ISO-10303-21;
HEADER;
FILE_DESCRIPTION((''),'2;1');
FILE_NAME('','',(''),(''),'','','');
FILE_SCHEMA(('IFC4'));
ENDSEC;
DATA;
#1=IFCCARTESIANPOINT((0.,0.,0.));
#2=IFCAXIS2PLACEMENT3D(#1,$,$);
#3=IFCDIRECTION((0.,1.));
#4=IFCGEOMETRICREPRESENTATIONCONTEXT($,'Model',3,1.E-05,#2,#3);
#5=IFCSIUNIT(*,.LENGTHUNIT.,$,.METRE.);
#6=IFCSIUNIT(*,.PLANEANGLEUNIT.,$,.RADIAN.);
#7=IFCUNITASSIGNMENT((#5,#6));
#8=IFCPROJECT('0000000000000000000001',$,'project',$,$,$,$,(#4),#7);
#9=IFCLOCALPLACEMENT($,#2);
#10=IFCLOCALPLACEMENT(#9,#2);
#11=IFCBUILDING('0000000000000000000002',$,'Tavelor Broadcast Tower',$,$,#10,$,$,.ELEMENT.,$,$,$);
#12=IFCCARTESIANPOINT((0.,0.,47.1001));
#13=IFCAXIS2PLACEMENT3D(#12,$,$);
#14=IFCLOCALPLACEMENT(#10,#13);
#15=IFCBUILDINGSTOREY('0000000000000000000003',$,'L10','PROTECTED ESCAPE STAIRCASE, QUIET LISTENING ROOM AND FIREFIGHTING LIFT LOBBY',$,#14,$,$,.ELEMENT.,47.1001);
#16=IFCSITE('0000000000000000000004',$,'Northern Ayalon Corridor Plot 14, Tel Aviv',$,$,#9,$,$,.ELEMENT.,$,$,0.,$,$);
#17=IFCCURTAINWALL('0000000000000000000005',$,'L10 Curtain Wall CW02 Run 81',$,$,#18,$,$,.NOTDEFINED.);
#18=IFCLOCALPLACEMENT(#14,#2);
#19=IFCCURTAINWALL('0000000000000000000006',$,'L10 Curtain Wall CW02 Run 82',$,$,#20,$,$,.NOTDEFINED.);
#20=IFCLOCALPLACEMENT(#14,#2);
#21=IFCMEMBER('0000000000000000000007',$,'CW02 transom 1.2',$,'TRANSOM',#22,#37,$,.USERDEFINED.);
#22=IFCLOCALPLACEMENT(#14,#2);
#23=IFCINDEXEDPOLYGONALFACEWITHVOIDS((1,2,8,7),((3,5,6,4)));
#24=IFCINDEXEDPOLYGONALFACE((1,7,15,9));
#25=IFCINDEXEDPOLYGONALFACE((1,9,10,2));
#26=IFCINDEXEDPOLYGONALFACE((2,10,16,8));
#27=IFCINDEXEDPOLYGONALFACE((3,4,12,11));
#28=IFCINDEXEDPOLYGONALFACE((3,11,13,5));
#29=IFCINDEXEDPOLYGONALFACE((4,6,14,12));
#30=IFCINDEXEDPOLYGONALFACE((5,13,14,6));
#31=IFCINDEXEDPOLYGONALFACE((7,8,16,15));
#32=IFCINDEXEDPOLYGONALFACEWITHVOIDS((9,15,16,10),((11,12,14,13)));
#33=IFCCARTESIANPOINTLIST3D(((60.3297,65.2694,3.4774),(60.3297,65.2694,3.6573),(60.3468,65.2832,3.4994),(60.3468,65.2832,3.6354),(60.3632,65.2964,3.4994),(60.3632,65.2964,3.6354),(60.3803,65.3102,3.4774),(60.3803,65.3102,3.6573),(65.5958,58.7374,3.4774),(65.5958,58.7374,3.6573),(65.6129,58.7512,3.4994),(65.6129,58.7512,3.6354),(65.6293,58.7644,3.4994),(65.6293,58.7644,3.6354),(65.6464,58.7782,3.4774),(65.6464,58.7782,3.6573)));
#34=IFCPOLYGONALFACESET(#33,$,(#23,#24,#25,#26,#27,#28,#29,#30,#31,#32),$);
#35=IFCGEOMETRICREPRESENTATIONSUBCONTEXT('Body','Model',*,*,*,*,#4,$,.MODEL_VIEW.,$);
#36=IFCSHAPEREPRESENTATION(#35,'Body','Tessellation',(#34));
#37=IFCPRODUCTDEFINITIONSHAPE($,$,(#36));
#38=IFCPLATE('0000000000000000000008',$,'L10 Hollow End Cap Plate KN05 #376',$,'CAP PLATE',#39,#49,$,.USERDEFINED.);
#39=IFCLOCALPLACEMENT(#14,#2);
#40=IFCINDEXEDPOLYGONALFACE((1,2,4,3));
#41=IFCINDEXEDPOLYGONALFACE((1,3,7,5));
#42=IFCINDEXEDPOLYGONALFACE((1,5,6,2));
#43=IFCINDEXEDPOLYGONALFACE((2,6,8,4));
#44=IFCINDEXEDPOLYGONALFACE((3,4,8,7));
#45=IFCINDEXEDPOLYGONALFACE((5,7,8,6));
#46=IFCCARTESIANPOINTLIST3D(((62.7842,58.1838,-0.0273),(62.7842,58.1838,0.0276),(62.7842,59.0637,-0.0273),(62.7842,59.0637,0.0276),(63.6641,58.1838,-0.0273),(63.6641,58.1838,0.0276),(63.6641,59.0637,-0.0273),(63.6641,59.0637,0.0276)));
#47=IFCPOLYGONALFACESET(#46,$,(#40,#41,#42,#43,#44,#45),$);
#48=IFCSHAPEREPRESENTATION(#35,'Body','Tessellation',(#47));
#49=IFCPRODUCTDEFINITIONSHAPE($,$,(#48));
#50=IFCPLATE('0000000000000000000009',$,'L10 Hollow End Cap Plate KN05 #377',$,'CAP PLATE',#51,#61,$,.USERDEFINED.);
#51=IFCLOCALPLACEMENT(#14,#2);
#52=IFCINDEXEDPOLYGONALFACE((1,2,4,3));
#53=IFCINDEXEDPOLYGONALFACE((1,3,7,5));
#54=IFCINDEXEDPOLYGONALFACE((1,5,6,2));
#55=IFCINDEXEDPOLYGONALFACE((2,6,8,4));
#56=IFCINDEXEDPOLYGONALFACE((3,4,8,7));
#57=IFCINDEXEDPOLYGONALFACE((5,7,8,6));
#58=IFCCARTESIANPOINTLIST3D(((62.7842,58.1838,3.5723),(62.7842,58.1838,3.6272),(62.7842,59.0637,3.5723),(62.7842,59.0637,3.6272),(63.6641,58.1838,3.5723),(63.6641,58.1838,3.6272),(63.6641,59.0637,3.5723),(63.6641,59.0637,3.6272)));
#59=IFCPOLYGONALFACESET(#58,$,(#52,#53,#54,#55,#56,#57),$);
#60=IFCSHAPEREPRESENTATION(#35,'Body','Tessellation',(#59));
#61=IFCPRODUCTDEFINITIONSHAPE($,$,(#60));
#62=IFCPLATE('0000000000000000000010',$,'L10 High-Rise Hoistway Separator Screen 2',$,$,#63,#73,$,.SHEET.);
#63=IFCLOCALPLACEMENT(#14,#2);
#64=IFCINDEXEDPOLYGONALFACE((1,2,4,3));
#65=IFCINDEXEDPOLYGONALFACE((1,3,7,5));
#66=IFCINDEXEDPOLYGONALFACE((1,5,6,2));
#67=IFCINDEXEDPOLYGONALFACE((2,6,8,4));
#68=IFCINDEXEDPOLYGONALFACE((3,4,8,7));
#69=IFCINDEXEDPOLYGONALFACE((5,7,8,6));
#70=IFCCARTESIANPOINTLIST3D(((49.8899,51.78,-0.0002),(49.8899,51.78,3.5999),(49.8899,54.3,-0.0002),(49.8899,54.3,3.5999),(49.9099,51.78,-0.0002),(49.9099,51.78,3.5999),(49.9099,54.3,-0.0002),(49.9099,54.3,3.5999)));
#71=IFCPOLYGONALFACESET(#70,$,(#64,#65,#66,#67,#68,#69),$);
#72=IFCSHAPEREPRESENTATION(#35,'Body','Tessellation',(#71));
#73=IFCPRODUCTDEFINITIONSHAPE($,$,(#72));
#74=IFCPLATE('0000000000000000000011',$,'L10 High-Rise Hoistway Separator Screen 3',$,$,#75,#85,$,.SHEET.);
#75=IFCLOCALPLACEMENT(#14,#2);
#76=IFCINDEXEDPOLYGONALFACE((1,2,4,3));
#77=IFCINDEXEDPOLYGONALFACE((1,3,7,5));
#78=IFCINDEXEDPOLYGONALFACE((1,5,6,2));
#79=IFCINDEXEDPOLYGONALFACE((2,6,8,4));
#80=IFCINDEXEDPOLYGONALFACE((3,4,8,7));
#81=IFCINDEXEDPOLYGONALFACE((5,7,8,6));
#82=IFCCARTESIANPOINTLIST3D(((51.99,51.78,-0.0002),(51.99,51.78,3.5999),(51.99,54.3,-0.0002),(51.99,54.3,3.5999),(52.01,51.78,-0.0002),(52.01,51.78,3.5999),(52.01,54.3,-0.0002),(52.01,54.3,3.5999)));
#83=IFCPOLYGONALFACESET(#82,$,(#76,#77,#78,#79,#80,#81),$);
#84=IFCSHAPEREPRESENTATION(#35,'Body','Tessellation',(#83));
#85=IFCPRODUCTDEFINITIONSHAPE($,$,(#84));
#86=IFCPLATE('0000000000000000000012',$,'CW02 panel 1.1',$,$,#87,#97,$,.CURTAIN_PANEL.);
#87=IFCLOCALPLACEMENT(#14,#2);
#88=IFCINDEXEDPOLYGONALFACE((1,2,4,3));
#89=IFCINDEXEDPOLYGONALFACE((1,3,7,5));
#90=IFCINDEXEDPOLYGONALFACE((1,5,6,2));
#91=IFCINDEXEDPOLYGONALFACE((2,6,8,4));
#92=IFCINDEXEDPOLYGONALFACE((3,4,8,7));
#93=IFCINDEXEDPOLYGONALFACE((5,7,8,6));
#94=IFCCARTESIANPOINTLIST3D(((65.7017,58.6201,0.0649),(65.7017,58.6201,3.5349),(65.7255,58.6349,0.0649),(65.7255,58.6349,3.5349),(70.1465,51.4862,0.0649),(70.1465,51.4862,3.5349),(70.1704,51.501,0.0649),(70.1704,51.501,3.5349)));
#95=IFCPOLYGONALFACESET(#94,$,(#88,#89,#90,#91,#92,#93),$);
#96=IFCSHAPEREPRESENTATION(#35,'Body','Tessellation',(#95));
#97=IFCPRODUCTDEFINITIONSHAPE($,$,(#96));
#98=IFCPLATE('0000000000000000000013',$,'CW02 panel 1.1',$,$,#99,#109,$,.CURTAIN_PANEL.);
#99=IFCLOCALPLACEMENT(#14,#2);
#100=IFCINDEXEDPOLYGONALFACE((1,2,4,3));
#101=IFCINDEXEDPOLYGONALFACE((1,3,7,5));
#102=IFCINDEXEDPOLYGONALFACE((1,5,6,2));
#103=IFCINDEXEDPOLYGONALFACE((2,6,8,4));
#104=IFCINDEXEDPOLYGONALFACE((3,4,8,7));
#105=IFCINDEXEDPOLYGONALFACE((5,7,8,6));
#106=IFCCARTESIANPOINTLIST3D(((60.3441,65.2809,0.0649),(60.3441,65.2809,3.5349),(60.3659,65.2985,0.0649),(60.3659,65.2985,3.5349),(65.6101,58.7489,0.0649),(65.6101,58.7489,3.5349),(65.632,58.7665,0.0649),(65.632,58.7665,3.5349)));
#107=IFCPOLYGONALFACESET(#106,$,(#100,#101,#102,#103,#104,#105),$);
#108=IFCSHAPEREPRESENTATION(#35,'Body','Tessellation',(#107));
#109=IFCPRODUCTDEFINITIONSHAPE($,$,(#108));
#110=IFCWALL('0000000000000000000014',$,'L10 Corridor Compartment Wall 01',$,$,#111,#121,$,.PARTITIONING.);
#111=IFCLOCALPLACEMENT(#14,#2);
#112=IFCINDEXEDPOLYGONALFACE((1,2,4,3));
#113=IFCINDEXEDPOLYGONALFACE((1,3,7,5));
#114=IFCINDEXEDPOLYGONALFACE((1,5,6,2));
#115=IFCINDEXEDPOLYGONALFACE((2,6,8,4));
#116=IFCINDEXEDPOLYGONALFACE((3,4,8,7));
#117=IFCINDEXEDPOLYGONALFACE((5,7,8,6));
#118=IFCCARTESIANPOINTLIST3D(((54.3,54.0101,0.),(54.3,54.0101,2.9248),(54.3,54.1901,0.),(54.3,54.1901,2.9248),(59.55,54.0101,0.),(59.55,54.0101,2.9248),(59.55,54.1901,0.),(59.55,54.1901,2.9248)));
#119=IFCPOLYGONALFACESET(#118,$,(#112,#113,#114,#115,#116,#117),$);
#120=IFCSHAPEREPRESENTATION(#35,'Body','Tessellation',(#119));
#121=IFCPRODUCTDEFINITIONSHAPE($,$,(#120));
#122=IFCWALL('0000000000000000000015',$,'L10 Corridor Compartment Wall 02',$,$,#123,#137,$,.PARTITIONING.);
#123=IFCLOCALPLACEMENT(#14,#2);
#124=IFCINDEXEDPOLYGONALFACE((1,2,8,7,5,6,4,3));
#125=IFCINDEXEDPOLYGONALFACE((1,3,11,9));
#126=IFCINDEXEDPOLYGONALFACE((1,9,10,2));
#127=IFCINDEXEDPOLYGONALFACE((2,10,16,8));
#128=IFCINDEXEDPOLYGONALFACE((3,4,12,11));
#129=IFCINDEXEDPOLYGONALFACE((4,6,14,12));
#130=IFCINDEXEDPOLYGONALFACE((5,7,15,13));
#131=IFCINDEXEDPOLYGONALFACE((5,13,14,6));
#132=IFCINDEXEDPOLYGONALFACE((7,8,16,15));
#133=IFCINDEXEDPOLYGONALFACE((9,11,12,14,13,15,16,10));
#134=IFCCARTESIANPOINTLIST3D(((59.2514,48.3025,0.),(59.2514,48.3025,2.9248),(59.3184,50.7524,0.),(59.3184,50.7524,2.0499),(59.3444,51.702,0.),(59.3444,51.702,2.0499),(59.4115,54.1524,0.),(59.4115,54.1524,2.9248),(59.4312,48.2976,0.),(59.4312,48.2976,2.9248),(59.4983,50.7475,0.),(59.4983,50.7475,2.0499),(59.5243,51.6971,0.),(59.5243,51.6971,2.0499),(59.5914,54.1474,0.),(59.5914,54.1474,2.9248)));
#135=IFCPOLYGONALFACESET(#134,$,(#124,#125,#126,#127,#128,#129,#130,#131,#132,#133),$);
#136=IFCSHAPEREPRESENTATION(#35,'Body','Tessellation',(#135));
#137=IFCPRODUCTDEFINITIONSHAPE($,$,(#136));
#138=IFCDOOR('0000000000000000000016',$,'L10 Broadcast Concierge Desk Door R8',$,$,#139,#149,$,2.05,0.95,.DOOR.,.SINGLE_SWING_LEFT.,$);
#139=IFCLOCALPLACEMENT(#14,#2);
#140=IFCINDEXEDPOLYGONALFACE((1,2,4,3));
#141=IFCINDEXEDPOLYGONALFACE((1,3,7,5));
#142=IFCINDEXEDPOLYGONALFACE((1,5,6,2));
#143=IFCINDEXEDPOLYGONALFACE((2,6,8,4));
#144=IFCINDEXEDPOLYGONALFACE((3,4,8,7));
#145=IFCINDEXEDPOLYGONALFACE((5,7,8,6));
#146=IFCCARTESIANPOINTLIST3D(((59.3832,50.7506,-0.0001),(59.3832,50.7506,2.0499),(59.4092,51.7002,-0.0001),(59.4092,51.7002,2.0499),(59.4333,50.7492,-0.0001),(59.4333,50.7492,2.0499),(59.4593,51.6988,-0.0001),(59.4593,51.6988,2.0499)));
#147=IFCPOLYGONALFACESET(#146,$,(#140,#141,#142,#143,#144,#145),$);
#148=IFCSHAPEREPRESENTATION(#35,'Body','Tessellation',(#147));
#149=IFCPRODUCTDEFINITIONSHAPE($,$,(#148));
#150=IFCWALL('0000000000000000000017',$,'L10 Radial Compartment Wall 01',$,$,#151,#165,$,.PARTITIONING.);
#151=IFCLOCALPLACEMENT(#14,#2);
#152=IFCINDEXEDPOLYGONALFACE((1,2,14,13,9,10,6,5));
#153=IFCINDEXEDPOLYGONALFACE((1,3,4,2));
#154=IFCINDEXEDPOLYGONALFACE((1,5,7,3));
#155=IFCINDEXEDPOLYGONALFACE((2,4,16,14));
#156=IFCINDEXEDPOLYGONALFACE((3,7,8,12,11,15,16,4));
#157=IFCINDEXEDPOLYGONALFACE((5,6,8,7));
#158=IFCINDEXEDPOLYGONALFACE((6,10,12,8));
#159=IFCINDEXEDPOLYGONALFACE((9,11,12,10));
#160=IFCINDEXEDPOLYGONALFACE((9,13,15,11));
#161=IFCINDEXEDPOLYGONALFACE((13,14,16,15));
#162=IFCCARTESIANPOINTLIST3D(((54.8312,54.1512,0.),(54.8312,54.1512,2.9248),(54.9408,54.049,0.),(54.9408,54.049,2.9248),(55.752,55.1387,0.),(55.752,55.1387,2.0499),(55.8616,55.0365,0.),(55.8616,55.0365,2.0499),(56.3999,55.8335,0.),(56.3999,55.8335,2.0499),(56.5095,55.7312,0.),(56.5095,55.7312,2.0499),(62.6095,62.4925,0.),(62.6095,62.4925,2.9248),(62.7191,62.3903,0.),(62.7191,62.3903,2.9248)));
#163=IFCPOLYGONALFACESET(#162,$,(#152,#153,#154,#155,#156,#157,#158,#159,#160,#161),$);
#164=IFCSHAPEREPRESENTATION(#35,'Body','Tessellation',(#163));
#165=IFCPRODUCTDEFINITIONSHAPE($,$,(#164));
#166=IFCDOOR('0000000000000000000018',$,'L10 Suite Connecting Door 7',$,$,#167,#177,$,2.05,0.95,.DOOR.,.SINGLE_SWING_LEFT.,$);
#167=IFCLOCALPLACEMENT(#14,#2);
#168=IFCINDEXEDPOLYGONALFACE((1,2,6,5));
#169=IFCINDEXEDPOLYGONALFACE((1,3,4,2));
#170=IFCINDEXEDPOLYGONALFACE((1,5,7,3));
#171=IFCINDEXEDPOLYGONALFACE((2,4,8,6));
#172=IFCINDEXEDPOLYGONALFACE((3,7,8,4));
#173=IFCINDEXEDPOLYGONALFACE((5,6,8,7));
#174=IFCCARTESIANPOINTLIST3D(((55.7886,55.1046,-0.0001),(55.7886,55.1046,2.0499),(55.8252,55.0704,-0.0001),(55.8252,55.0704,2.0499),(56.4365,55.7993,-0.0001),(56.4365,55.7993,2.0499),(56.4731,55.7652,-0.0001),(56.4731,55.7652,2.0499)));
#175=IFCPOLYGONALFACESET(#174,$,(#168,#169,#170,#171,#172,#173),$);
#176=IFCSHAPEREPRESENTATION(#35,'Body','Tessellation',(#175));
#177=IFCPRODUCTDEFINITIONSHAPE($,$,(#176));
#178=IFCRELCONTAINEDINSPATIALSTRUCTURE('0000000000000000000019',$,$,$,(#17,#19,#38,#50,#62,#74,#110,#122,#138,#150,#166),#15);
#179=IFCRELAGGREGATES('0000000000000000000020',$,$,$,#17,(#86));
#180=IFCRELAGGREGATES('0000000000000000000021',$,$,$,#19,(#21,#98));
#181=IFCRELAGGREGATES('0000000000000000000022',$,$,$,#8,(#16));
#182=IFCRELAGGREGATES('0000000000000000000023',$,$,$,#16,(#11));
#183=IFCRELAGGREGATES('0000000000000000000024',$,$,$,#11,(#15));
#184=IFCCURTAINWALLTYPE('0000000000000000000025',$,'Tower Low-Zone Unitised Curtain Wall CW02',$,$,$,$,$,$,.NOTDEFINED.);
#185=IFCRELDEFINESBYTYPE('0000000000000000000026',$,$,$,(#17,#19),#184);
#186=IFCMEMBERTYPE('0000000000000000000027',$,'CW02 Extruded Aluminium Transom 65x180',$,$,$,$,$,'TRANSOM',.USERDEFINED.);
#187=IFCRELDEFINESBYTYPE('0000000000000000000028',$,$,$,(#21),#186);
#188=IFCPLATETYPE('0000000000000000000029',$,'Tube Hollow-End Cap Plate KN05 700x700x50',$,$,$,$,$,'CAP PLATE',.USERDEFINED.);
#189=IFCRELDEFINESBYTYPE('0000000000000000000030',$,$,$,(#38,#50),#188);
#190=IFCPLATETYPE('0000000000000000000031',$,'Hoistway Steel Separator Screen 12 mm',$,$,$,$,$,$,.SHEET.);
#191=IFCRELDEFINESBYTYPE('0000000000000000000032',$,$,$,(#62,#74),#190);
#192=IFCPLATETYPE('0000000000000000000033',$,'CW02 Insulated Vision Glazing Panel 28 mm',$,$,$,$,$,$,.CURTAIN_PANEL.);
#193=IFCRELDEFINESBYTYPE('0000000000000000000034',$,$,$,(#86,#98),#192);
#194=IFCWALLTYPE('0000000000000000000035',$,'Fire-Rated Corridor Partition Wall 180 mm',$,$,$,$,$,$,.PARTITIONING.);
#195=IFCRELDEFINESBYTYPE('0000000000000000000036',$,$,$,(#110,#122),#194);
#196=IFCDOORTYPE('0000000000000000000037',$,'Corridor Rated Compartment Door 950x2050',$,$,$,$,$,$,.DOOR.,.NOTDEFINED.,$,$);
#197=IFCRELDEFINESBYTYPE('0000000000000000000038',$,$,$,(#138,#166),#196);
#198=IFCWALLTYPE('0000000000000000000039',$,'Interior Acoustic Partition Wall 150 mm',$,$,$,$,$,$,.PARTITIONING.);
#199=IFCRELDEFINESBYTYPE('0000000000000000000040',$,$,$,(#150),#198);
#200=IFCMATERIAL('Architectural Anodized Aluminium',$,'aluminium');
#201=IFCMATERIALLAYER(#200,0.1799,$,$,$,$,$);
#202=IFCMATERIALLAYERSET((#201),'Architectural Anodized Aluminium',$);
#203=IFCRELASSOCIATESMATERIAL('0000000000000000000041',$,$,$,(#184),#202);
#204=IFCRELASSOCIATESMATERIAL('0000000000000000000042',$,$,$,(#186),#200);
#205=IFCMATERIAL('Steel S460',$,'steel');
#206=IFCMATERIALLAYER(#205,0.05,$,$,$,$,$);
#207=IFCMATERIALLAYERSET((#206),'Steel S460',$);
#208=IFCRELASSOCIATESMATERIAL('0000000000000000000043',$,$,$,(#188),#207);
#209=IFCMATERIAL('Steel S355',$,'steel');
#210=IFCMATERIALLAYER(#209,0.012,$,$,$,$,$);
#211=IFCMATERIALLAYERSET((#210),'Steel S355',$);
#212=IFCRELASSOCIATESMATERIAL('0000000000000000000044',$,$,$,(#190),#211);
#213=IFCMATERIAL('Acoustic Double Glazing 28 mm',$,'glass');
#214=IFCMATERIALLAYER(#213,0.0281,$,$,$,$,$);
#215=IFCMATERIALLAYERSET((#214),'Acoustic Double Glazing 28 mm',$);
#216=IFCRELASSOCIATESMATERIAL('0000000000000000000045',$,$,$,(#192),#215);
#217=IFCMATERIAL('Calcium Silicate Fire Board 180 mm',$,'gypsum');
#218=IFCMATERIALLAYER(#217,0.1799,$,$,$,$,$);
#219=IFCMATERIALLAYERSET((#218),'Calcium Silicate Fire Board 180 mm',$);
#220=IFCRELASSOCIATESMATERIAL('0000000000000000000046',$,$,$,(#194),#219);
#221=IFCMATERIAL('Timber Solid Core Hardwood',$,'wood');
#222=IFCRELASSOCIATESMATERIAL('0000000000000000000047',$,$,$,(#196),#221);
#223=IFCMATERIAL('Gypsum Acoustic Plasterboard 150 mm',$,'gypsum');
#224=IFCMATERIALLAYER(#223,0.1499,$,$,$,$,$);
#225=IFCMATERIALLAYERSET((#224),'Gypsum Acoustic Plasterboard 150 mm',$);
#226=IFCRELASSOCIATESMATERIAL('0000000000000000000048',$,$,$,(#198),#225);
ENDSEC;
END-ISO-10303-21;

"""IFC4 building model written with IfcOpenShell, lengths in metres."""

from ifc_helpers import new_model, si_unit, direction, frame, frame_2d, origin, origin_2d, place, context, subcontext, project, spatial, rectangle, hollow_rectangle, extrude, source, transform, mapped, material, layer, layer_set, material_profile, profile_set, type_object, type_shapes, element, fill, aggregate, save


model = new_model("IFC4")

# Units and contexts
model_context = context("Model", 3, precision=1e-05, world=origin(), true_north=direction((0.0, 1.0)))
body_context = subcontext(model_context, "Body", "Model", "MODEL_VIEW")
ifc_project = project(units=[si_unit("LENGTHUNIT", "METRE"), si_unit("PLANEANGLEUNIT", "RADIAN")], contexts=[model_context])

# Site, building, storey
site_placement = place(None, origin())
site = spatial("IfcSite", under=ifc_project, at=site_placement, Name="Northern Ayalon Corridor Plot 14, Tel Aviv", CompositionType="ELEMENT", RefElevation=0.0)
building_placement = place(site_placement, origin())
building = spatial("IfcBuilding", under=site, at=building_placement, Name="Tavelor Broadcast Tower", CompositionType="ELEMENT")
storey_placement = place(building_placement, frame((0.0, 0.0, 47.1001)))
storey = spatial("IfcBuildingStorey", under=building, at=storey_placement, Name="L10", Description="PROTECTED ESCAPE STAIRCASE, QUIET LISTENING ROOM AND FIREFIGHTING LIFT LOBBY", CompositionType="ELEMENT", Elevation=47.1001)

# Shared definitions
ifc_material_1 = material(Name="Steel S460", Category="steel")

# Shared definitions
ifc_material_2 = material(Name="Steel S355", Category="steel")

# Curtain wall
ifc_material_3 = material(Name="Architectural Anodized Aluminium", Category="aluminium")
ifc_layer_1 = layer(ifc_material_3, 0.1799)
ifc_layer_set_1 = layer_set([ifc_layer_1], Name="Architectural Anodized Aluminium")
curtain_wall_type = type_object("IfcCurtainWallType", Name="Tower Low-Zone Unitised Curtain Wall CW02", PredefinedType="NOTDEFINED", material=ifc_layer_set_1)
curtain_wall_1_placement = place(storey_placement, origin())
curtain_wall_1 = element("IfcCurtainWall", 1, at=curtain_wall_1_placement, inside=storey, type_object=curtain_wall_type, Name="L10 Curtain Wall CW02 Run 81", PredefinedType="NOTDEFINED")

# Curtain wall, member
curtain_wall_2_placement = place(storey_placement, origin())
curtain_wall_2 = element("IfcCurtainWall", 2, at=curtain_wall_2_placement, inside=storey, type_object=curtain_wall_type, Name="L10 Curtain Wall CW02 Run 82", PredefinedType="NOTDEFINED")
ifc_material_profile_1 = material_profile(ifc_material_3, hollow_rectangle(XDim=0.0649, YDim=0.1799, WallThickness=0.022, at=origin_2d()), Name="RHS 65x180x22")
ifc_profile_set_1 = profile_set([ifc_material_profile_1], Name="Architectural Anodized Aluminium")
member_type_1 = type_object("IfcMemberType", Name="CW02 Extruded Aluminium Transom 65x180", ElementType="TRANSOM", PredefinedType="USERDEFINED", material=ifc_profile_set_1)
shared_shape_1 = source(origin(), body_context, "Body", "SweptSolid", [
    extrude(hollow_rectangle(XDim=0.0649, YDim=0.1799, WallThickness=0.022, at=origin_2d()), origin(), (0.0, 0.0, 1.0), 8.3904),
])
type_shapes(member_type_1, [shared_shape_1])
member_1_placement = place(storey_placement, frame((65.6211, 58.7578, 3.5674), z_axis=(-0.627636, 0.778507, 0.0), x_axis=(-0.778507, -0.627636, 0.0)))
member_1 = element("IfcMember", 3, at=member_1_placement, type_object=member_type_1, Name="CW02 transom 1.2", ObjectType="TRANSOM", PredefinedType="USERDEFINED", context=body_context, shape_type="MappedRepresentation", body=[
    mapped(shared_shape_1, transform((0.0, 0.0, 0.0), scale=1.0)),
])

# Plates
ifc_layer_2 = layer(ifc_material_1, 0.05)
ifc_layer_set_2 = layer_set([ifc_layer_2], Name="Steel S460")
plate_type_1 = type_object("IfcPlateType", Name="Tube Hollow-End Cap Plate KN05 700x700x50", ElementType="CAP PLATE", PredefinedType="USERDEFINED", material=ifc_layer_set_2)
shared_shape_2 = source(origin(), body_context, "Body", "SweptSolid", [
    extrude(rectangle(XDim=0.8799, YDim=0.8799, at=origin_2d()), origin(), (0.0, 0.0, 1.0), 0.0549),
])
type_shapes(plate_type_1, [shared_shape_2])
for number, where, z_axis, x_axis, name in (
    (4, (63.2241, 58.6238, -0.0273), (0.0, 0.0, 1.0), (1.0, 0.0, 0.0), "L10 Hollow End Cap Plate KN05 #376"),
    (5, (63.2241, 58.6238, 3.5723), (0.0, 0.0, 1.0), (1.0, 0.0, 0.0), "L10 Hollow End Cap Plate KN05 #377"),
):
    element("IfcPlate", number, at=place(storey_placement, frame(where, z_axis=z_axis, x_axis=x_axis)), inside=storey, type_object=plate_type_1, Name=name, ObjectType="CAP PLATE", PredefinedType="USERDEFINED", context=body_context, shape_type="MappedRepresentation", body=[
        mapped(shared_shape_2, transform((0.0, 0.0, 0.0), scale=1.0)),
    ])
ifc_layer_3 = layer(ifc_material_2, 0.012)
ifc_layer_set_3 = layer_set([ifc_layer_3], Name="Steel S355")
plate_type_2 = type_object("IfcPlateType", Name="Hoistway Steel Separator Screen 12 mm", PredefinedType="SHEET", material=ifc_layer_set_3)
shared_shape_3 = source(origin(), body_context, "Body", "SweptSolid", [
    extrude(rectangle(XDim=0.02, YDim=2.52, at=origin_2d()), origin(), (0.0, 0.0, 1.0), 3.6001),
])
type_shapes(plate_type_2, [shared_shape_3])
for number, where, z_axis, x_axis, name in (
    (6, (49.8999, 53.04, -0.0002), (0.0, 0.0, 1.0), (1.0, 0.0, 0.0), "L10 High-Rise Hoistway Separator Screen 2"),
    (7, (52.0, 53.04, -0.0002), (0.0, 0.0, 1.0), (1.0, 0.0, 0.0), "L10 High-Rise Hoistway Separator Screen 3"),
):
    element("IfcPlate", number, at=place(storey_placement, frame(where, z_axis=z_axis, x_axis=x_axis)), inside=storey, type_object=plate_type_2, Name=name, PredefinedType="SHEET", context=body_context, shape_type="MappedRepresentation", body=[
        mapped(shared_shape_3, transform((0.0, 0.0, 0.0), scale=1.0)),
    ])

# Plates
ifc_material_4 = material(Name="Acoustic Double Glazing 28 mm", Category="glass")
ifc_layer_4 = layer(ifc_material_4, 0.0281)
ifc_layer_set_4 = layer_set([ifc_layer_4], Name="Acoustic Double Glazing 28 mm")
plate_type_3 = type_object("IfcPlateType", Name="CW02 Insulated Vision Glazing Panel 28 mm", PredefinedType="CURTAIN_PANEL", material=ifc_layer_set_4)
shared_shape_4 = source(origin(), body_context, "Body", "SweptSolid", [
    extrude(rectangle(XDim=8.4053, YDim=0.0281, at=origin_2d()), origin(), (0.0, 0.0, 1.0), 3.47),
])
plate_1_placement = place(storey_placement, frame((67.936, 55.0605, 0.0649), z_axis=(0.0, 0.0, 1.0), x_axis=(-0.528812, 0.848739, 0.0)))
plate_1 = element("IfcPlate", 8, at=plate_1_placement, type_object=plate_type_3, Name="CW02 panel 1.1", PredefinedType="CURTAIN_PANEL", context=body_context, shape_type="MappedRepresentation", body=[
    mapped(shared_shape_4, transform((0.0, 0.0, 0.0), scale=1.0)),
])
aggregate(curtain_wall_1, [plate_1])
shared_shape_5 = source(origin(), body_context, "Body", "SweptSolid", [
    extrude(rectangle(XDim=8.3904, YDim=0.0281, at=origin_2d()), origin(), (0.0, 0.0, 1.0), 3.47),
])
type_shapes(plate_type_3, [shared_shape_4, shared_shape_5])
plate_2_placement = place(storey_placement, frame((62.988, 62.0237, 0.0649), z_axis=(0.0, 0.0, 1.0), x_axis=(-0.627628, 0.778514, 0.0)))
plate_2 = element("IfcPlate", 9, at=plate_2_placement, type_object=plate_type_3, Name="CW02 panel 1.1", PredefinedType="CURTAIN_PANEL", context=body_context, shape_type="MappedRepresentation", body=[
    mapped(shared_shape_5, transform((0.0, 0.0, 0.0), scale=1.0)),
])
aggregate(curtain_wall_2, [member_1, plate_2])

# Wall
ifc_material_5 = material(Name="Calcium Silicate Fire Board 180 mm", Category="gypsum")
ifc_layer_5 = layer(ifc_material_5, 0.1799)
ifc_layer_set_5 = layer_set([ifc_layer_5], Name="Calcium Silicate Fire Board 180 mm")
wall_type_1 = type_object("IfcWallType", Name="Fire-Rated Corridor Partition Wall 180 mm", PredefinedType="PARTITIONING", material=ifc_layer_set_5)
wall_1_placement = place(storey_placement, frame((54.3, 54.1001, 0.0), z_axis=(0.0, 0.0, 1.0), x_axis=(1.0, 0.0, 0.0)))
element("IfcWall", 10, at=wall_1_placement, inside=storey, type_object=wall_type_1, Name="L10 Corridor Compartment Wall 01", PredefinedType="PARTITIONING", context=body_context, shape_type="SweptSolid", body=[
    extrude(rectangle(XDim=5.25, YDim=0.1799, at=frame_2d((2.625, 0.0))), origin(), (0.0, 0.0, 1.0), 2.9248),
])

# Walls, openings, doors
wall_2_placement = place(storey_placement, frame((59.5015, 54.1499, 0.0), z_axis=(0.0, 0.0, 1.0), x_axis=(-0.027368, -0.999625, 0.0)))
wall_2 = element("IfcWall", 11, at=wall_2_placement, inside=storey, type_object=wall_type_1, Name="L10 Corridor Compartment Wall 02", PredefinedType="PARTITIONING", context=body_context, shape_type="SweptSolid", body=[
    extrude(rectangle(XDim=5.8521, YDim=0.1799, at=frame_2d((2.926, 0.0))), origin(), (0.0, 0.0, 1.0), 2.9248),
])
opening_1_placement = place(wall_2_placement, frame((2.4512, 0.0, 0.0)))
opening_1 = element("IfcOpeningElement", 12, at=opening_1_placement, cuts=wall_2, PredefinedType="OPENING", context=body_context, shape_type="SweptSolid", body=[
    extrude(rectangle(XDim=0.95, YDim=2.05, at=frame_2d((0.4751, 1.0249))), frame((0.0, 0.1001, 0.0), z_axis=(0.0, -1.0, 0.0), x_axis=(1.0, 0.0, 0.0)), (0.0, 0.0, 1.0), 0.2),
])
ifc_material_6 = material(Name="Timber Solid Core Hardwood", Category="wood")
door_type = type_object("IfcDoorType", Name="Corridor Rated Compartment Door 950x2050", OperationType="NOTDEFINED", PredefinedType="DOOR", material=ifc_material_6)
door_1_placement = place(opening_1_placement, origin())
door_1 = element("IfcDoor", 13, at=door_1_placement, inside=storey, type_object=door_type, Name="L10 Broadcast Concierge Desk Door R8", OperationType="SINGLE_SWING_LEFT", OverallHeight=2.05, OverallWidth=0.95, PredefinedType="DOOR", context=body_context, shape_type="SweptSolid", body=[
    extrude(rectangle(XDim=0.95, YDim=2.05, at=frame_2d((0.4751, 1.0249))), frame((0.0, 0.0249, 0.0), z_axis=(0.0, -1.0, 0.0), x_axis=(1.0, 0.0, 0.0)), (0.0, 0.0, 1.0), 0.05),
])
fill(opening_1, door_1)
ifc_material_7 = material(Name="Gypsum Acoustic Plasterboard 150 mm", Category="gypsum")
ifc_layer_6 = layer(ifc_material_7, 0.1499)
ifc_layer_set_6 = layer_set([ifc_layer_6], Name="Gypsum Acoustic Plasterboard 150 mm")
wall_type_2 = type_object("IfcWallType", Name="Interior Acoustic Partition Wall 150 mm", PredefinedType="PARTITIONING", material=ifc_layer_set_6)
wall_3_placement = place(storey_placement, frame((54.886, 54.1001, 0.0), z_axis=(0.0, 0.0, 1.0), x_axis=(0.681995, 0.731357, 0.0)))
wall_3 = element("IfcWall", 14, at=wall_3_placement, inside=storey, type_object=wall_type_2, Name="L10 Radial Compartment Wall 01", PredefinedType="PARTITIONING", context=body_context, shape_type="SweptSolid", body=[
    extrude(rectangle(XDim=11.4053, YDim=0.1499, at=frame_2d((5.7026, 0.0))), origin(), (0.0, 0.0, 1.0), 2.9248),
])
opening_2_placement = place(wall_3_placement, frame((1.3501, 0.0, 0.0)))
opening_2 = element("IfcOpeningElement", 15, at=opening_2_placement, cuts=wall_3, PredefinedType="OPENING", context=body_context, shape_type="SweptSolid", body=[
    extrude(rectangle(XDim=0.95, YDim=2.05, at=frame_2d((0.4751, 1.0249))), frame((0.0, 0.085, 0.0), z_axis=(0.0, -1.0, 0.0), x_axis=(1.0, 0.0, 0.0)), (0.0, 0.0, 1.0), 0.1699),
])
door_2_placement = place(opening_2_placement, origin())
door_2 = element("IfcDoor", 16, at=door_2_placement, inside=storey, type_object=door_type, Name="L10 Suite Connecting Door 7", OperationType="SINGLE_SWING_LEFT", OverallHeight=2.05, OverallWidth=0.95, PredefinedType="DOOR", context=body_context, shape_type="SweptSolid", body=[
    extrude(rectangle(XDim=0.95, YDim=2.05, at=frame_2d((0.4751, 1.0249))), frame((0.0, 0.0249, 0.0), z_axis=(0.0, -1.0, 0.0), x_axis=(1.0, 0.0, 0.0)), (0.0, 0.0, 1.0), 0.05),
])
fill(opening_2, door_2)

save(model, "model.ifc")
